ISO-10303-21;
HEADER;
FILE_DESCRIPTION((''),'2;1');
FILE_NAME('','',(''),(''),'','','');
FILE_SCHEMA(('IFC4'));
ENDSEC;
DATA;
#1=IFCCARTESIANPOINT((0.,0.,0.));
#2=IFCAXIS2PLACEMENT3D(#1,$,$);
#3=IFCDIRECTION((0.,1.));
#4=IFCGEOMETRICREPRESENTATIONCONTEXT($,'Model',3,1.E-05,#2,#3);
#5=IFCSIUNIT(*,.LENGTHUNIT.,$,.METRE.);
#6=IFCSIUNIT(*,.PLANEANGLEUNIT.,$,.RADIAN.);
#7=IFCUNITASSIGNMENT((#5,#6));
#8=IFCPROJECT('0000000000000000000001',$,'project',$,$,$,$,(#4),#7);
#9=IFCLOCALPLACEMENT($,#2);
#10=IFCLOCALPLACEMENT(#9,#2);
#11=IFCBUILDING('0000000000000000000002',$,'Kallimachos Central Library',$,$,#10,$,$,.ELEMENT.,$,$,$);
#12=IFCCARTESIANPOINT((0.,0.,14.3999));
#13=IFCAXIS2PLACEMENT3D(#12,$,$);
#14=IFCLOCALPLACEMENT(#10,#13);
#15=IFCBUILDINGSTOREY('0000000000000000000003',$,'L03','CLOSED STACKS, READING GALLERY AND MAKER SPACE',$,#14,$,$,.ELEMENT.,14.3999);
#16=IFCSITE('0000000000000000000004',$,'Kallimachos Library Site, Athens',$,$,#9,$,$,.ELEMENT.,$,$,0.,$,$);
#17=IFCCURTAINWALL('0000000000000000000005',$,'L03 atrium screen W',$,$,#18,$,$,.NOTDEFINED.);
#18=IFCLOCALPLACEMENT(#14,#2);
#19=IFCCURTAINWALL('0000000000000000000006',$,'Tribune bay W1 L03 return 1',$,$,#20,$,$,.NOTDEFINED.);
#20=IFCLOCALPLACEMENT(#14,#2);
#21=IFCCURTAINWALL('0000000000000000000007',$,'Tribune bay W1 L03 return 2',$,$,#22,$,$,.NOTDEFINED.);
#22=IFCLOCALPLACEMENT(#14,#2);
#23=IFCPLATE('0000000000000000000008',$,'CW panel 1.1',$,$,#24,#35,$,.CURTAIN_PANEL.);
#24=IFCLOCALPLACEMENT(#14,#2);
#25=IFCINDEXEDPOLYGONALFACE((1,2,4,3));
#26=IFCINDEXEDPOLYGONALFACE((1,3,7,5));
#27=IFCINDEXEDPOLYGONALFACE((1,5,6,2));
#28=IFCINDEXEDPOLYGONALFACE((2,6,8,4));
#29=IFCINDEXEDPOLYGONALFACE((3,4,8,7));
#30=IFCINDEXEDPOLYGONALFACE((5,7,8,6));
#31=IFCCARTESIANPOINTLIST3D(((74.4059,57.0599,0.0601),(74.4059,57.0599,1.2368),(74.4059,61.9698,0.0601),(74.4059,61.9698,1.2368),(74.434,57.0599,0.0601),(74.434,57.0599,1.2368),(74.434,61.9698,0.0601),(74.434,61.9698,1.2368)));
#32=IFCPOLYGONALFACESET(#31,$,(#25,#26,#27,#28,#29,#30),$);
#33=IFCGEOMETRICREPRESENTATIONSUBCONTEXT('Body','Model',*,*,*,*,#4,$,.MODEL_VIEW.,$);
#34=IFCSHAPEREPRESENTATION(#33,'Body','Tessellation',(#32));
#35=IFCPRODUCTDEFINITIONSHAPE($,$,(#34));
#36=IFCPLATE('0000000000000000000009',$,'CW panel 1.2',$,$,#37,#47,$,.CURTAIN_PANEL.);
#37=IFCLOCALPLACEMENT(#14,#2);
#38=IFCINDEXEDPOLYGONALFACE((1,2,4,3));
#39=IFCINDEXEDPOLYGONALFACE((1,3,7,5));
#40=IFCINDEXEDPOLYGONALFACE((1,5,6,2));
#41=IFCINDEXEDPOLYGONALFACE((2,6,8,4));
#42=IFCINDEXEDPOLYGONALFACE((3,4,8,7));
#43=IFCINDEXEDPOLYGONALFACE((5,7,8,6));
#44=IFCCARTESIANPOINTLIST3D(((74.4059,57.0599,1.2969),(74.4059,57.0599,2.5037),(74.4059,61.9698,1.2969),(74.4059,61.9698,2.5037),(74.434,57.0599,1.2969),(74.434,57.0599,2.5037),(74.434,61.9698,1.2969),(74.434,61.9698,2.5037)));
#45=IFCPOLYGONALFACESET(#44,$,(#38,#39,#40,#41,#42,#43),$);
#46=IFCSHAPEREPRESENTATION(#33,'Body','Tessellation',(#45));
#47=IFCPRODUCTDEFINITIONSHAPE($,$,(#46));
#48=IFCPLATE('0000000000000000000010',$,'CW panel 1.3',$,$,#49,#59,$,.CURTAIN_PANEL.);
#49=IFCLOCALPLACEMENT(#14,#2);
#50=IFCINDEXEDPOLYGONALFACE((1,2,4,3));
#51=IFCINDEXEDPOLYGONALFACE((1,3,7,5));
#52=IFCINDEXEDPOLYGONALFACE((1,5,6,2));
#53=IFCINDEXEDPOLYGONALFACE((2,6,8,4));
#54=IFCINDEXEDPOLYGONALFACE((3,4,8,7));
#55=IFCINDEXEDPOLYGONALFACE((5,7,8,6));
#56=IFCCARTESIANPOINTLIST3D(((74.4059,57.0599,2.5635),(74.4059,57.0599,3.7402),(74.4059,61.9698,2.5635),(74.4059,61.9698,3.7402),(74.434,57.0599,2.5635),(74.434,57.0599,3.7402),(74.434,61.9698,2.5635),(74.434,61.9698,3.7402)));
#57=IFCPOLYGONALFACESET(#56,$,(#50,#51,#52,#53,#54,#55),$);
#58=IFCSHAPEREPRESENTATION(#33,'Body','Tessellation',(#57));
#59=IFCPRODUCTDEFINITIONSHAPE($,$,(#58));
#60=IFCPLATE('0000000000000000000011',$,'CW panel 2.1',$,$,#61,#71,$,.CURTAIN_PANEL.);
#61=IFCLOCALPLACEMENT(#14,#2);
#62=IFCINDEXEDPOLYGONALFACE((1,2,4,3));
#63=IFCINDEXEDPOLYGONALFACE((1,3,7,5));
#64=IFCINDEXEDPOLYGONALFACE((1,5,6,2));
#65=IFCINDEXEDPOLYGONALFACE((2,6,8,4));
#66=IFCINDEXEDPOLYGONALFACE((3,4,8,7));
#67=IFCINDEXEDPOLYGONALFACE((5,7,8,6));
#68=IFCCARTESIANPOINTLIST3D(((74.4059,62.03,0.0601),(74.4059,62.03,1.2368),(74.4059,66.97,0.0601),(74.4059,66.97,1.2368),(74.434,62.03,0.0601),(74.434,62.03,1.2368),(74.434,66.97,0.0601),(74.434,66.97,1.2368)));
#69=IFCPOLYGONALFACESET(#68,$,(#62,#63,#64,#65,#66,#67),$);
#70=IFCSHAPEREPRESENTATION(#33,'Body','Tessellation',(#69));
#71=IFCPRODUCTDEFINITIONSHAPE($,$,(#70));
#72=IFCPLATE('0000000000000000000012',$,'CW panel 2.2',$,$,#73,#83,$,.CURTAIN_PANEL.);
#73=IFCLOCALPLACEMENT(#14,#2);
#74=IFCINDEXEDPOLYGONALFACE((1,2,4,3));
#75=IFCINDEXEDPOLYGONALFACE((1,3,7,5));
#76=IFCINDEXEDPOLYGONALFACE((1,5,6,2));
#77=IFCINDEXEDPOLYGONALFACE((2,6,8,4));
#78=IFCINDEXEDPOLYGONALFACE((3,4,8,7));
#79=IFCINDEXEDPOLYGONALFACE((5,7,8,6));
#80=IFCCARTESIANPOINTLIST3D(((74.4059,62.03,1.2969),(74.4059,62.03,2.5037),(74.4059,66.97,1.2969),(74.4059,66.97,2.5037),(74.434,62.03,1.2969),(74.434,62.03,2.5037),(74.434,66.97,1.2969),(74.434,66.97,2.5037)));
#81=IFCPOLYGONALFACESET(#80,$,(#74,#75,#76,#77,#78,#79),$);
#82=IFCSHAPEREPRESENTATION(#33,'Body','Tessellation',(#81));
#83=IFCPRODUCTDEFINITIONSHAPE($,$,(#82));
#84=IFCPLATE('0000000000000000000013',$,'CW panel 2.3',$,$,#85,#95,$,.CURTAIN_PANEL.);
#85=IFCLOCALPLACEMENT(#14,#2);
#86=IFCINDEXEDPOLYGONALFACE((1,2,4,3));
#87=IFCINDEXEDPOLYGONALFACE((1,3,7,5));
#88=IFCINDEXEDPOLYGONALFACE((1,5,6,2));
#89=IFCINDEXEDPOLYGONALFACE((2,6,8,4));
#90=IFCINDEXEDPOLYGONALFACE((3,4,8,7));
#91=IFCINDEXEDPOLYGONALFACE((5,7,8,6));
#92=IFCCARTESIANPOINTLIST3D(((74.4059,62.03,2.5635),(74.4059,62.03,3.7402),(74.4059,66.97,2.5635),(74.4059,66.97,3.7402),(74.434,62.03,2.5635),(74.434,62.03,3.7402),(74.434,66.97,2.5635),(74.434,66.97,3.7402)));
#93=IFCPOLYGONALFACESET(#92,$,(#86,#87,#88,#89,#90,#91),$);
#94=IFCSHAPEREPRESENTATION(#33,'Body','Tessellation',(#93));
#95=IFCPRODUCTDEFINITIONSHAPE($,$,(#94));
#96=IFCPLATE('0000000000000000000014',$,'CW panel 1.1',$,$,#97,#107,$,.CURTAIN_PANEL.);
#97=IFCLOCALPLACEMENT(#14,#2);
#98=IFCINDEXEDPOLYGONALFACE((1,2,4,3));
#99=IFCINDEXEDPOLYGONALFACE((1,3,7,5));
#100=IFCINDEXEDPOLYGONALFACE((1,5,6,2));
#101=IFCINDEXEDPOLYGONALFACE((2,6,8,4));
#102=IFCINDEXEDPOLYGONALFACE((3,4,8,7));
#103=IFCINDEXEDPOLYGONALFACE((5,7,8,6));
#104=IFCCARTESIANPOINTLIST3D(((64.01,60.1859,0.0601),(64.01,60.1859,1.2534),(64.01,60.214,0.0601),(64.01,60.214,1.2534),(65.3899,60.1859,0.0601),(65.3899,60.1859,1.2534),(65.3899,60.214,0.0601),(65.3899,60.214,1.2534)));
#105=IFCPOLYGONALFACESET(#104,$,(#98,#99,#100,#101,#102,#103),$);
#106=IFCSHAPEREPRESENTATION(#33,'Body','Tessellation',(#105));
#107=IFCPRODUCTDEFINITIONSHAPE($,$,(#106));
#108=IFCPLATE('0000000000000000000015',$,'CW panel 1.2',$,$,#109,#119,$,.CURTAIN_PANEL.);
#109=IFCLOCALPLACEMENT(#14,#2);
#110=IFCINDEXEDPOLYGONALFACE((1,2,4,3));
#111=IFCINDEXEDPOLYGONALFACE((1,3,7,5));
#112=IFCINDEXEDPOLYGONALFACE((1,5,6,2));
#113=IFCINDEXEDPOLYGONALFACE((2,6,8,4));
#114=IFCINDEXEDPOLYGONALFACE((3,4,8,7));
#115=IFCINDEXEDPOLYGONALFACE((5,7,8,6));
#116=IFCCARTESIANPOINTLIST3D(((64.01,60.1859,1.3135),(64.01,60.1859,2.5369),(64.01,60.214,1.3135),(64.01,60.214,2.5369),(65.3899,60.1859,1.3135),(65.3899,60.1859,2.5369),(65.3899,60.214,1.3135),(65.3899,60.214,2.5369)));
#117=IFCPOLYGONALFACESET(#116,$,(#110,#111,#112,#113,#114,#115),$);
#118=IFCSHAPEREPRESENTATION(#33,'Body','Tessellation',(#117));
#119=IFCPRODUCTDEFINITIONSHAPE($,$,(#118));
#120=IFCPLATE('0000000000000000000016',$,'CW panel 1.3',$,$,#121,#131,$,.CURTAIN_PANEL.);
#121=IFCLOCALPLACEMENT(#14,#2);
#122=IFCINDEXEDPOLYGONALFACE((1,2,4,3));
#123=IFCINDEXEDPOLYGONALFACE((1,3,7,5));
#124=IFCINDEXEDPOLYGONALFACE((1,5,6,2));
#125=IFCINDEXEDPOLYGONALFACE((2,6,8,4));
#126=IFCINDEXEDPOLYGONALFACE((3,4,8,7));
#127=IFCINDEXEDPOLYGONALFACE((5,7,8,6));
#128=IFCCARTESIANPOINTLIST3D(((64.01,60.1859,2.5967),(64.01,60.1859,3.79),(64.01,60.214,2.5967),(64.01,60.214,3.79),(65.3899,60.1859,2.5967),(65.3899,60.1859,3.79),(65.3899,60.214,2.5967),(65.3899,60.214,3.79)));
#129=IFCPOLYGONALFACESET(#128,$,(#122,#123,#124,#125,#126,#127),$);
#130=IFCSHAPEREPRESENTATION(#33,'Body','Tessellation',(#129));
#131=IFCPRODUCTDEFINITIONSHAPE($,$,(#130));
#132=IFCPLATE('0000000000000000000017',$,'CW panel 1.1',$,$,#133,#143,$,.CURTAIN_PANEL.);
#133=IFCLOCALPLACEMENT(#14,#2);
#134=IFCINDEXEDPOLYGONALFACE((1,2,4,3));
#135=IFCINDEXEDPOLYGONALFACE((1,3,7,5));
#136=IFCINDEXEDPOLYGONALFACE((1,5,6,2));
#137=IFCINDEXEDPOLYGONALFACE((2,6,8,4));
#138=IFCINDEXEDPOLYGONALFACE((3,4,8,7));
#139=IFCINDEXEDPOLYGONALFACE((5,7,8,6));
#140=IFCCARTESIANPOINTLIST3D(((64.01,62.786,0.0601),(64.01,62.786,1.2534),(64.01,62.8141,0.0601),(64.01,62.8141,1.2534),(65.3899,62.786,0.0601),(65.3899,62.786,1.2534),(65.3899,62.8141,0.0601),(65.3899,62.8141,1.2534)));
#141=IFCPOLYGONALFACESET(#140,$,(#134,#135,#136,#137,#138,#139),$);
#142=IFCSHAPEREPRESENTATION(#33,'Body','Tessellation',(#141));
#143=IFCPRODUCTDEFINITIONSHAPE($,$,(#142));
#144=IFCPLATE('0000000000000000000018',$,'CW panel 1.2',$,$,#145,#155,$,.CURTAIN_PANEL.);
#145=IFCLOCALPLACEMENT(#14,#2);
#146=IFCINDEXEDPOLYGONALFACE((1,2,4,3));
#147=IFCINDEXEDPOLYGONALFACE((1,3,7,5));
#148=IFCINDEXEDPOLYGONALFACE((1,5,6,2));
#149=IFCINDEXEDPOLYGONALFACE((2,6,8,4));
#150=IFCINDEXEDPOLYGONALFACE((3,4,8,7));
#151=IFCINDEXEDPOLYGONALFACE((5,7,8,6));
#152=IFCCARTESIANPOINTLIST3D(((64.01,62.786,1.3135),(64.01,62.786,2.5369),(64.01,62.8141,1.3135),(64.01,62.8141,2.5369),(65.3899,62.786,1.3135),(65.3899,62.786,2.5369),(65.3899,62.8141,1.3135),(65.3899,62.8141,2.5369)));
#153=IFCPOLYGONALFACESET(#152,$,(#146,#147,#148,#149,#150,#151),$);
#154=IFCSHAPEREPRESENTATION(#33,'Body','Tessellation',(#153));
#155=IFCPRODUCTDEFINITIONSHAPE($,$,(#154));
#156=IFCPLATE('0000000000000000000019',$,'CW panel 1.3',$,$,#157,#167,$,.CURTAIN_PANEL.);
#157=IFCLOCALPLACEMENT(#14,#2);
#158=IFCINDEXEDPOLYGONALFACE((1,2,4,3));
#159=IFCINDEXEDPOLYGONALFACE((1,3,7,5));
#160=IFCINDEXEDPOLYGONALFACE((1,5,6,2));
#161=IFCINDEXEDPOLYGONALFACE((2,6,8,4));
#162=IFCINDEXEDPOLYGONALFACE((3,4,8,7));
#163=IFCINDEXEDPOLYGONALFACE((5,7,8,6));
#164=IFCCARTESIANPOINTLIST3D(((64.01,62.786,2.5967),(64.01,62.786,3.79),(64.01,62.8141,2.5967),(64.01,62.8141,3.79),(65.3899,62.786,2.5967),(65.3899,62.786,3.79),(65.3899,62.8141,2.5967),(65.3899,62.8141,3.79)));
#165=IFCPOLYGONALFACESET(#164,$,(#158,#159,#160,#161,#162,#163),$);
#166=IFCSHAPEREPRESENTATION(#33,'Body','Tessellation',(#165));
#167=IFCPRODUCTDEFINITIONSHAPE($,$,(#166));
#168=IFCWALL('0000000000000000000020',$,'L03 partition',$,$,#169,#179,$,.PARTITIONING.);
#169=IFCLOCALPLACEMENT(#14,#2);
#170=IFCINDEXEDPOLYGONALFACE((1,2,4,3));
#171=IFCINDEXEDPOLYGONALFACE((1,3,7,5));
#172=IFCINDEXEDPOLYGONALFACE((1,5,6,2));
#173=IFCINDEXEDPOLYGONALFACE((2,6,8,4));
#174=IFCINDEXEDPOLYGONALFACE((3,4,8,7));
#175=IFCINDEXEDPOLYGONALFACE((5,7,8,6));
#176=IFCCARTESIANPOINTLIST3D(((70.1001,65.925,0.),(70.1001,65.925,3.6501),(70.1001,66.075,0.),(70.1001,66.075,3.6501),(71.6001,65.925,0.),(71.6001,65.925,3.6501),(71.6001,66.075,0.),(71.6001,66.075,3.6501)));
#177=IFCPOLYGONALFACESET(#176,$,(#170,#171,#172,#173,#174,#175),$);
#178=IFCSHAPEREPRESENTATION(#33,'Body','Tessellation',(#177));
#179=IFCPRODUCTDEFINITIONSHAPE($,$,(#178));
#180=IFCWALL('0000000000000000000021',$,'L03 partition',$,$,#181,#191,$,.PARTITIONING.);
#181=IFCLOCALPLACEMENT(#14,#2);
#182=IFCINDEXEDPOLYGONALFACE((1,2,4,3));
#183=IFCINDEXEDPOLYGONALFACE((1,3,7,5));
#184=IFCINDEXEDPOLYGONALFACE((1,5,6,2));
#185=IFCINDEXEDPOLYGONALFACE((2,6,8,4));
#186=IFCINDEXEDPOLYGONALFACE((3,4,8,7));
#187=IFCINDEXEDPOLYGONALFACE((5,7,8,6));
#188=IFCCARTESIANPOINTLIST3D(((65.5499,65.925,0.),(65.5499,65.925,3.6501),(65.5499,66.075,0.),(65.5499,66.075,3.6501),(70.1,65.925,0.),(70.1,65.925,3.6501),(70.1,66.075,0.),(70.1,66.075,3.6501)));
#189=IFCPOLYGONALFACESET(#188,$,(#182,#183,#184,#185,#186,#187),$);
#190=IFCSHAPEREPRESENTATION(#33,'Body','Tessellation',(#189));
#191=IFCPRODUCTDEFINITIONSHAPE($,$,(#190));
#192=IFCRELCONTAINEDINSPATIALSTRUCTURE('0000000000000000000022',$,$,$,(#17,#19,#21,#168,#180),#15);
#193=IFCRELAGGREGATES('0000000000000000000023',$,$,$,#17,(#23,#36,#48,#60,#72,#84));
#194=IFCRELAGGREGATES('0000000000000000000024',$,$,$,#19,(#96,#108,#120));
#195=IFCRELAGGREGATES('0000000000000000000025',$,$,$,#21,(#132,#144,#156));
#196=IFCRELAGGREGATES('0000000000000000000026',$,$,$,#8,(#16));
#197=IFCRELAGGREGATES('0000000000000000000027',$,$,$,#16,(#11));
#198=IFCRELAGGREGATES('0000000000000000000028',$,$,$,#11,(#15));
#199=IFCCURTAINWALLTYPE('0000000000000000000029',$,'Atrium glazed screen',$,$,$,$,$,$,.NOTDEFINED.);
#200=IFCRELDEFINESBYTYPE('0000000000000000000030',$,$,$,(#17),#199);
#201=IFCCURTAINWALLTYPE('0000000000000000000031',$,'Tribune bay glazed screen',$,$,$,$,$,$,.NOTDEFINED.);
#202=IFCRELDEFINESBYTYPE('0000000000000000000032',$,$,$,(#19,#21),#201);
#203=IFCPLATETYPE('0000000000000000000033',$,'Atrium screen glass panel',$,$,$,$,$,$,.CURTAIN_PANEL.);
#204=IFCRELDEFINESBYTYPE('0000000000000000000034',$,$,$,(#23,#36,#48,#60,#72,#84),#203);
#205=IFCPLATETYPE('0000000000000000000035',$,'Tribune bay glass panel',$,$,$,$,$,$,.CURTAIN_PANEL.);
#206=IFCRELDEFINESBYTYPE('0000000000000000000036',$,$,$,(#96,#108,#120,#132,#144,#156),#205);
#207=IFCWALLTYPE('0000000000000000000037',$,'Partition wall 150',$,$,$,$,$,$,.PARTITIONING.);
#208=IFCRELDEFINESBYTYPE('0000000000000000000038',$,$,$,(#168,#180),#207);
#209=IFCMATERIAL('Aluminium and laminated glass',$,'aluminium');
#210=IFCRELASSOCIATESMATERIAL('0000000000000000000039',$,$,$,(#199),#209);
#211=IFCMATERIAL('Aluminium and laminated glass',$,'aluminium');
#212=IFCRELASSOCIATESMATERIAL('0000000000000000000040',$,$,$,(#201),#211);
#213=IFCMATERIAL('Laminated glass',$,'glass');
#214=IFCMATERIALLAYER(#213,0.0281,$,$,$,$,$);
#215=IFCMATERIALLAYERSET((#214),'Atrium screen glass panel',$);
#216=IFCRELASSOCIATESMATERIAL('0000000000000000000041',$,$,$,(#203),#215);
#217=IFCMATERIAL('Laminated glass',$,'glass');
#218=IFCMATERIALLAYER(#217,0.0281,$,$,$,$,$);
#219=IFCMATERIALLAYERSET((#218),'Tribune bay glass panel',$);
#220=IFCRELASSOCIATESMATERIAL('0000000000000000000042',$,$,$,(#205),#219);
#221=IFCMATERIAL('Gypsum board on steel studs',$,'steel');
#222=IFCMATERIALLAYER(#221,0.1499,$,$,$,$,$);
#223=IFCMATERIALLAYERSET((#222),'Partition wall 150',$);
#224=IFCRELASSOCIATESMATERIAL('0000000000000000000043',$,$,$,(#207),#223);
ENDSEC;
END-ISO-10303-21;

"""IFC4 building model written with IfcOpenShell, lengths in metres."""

from ifc_helpers import new_model, si_unit, direction, frame, frame_2d, origin, origin_2d, place, context, subcontext, project, spatial, rectangle, extrude, material, layer, layer_set, type_object, element, aggregate, save


model = new_model("IFC4")

# Units and contexts
model_context = context("Model", 3, precision=1e-05, world=origin(), true_north=direction((0.0, 1.0)))
body_context = subcontext(model_context, "Body", "Model", "MODEL_VIEW")
ifc_project = project(units=[si_unit("LENGTHUNIT", "METRE"), si_unit("PLANEANGLEUNIT", "RADIAN")], contexts=[model_context])

# Site, building, storey
site_placement = place(None, origin())
site = spatial("IfcSite", under=ifc_project, at=site_placement, Name="Kallimachos Library Site, Athens", CompositionType="ELEMENT", RefElevation=0.0)
building_placement = place(site_placement, origin())
building = spatial("IfcBuilding", under=site, at=building_placement, Name="Kallimachos Central Library", CompositionType="ELEMENT")
storey_placement = place(building_placement, frame((0.0, 0.0, 14.3999)))
storey = spatial("IfcBuildingStorey", under=building, at=storey_placement, Name="L03", Description="CLOSED STACKS, READING GALLERY AND MAKER SPACE", CompositionType="ELEMENT", Elevation=14.3999)

# Curtain wall
ifc_material_1 = material(Name="Aluminium and laminated glass", Category="aluminium")
curtain_wall_type_1 = type_object("IfcCurtainWallType", Name="Atrium glazed screen", PredefinedType="NOTDEFINED", material=ifc_material_1)
curtain_wall_1_placement = place(storey_placement, origin())
curtain_wall_1 = element("IfcCurtainWall", 1, at=curtain_wall_1_placement, inside=storey, type_object=curtain_wall_type_1, Name="L03 atrium screen W", PredefinedType="NOTDEFINED")

# Curtain wall
ifc_material_2 = material(Name="Aluminium and laminated glass", Category="aluminium")
curtain_wall_type_2 = type_object("IfcCurtainWallType", Name="Tribune bay glazed screen", PredefinedType="NOTDEFINED", material=ifc_material_2)
curtain_wall_2_placement = place(storey_placement, origin())
curtain_wall_2 = element("IfcCurtainWall", 2, at=curtain_wall_2_placement, inside=storey, type_object=curtain_wall_type_2, Name="Tribune bay W1 L03 return 1", PredefinedType="NOTDEFINED")

# Curtain wall
curtain_wall_3_placement = place(storey_placement, origin())
curtain_wall_3 = element("IfcCurtainWall", 3, at=curtain_wall_3_placement, inside=storey, type_object=curtain_wall_type_2, Name="Tribune bay W1 L03 return 2", PredefinedType="NOTDEFINED")

# Plates
ifc_material_3 = material(Name="Laminated glass", Category="glass")
ifc_layer_1 = layer(ifc_material_3, 0.0281)
ifc_layer_set_1 = layer_set([ifc_layer_1], Name="Atrium screen glass panel")
plate_type_1 = type_object("IfcPlateType", Name="Atrium screen glass panel", PredefinedType="CURTAIN_PANEL", material=ifc_layer_set_1)
plate_1_placement = place(storey_placement, frame((74.4199, 59.5149, 0.0601), z_axis=(0.0, 0.0, 1.0), x_axis=(0.0, 1.0, 0.0)))
plate_1 = element("IfcPlate", 4, at=plate_1_placement, type_object=plate_type_1, Name="CW panel 1.1", PredefinedType="CURTAIN_PANEL", context=body_context, shape_type="SweptSolid", body=[
    extrude(rectangle(XDim=4.9099, YDim=0.0281, at=origin_2d()), origin(), (0.0, 0.0, 1.0), 1.1768),
])
plate_2_placement = place(storey_placement, frame((74.4199, 59.5149, 1.2969), z_axis=(0.0, 0.0, 1.0), x_axis=(0.0, 1.0, 0.0)))
plate_2 = element("IfcPlate", 5, at=plate_2_placement, type_object=plate_type_1, Name="CW panel 1.2", PredefinedType="CURTAIN_PANEL", context=body_context, shape_type="SweptSolid", body=[
    extrude(rectangle(XDim=4.9099, YDim=0.0281, at=origin_2d()), origin(), (0.0, 0.0, 1.0), 1.2068),
])
plate_3_placement = place(storey_placement, frame((74.4199, 59.5149, 2.5635), z_axis=(0.0, 0.0, 1.0), x_axis=(0.0, 1.0, 0.0)))
plate_3 = element("IfcPlate", 6, at=plate_3_placement, type_object=plate_type_1, Name="CW panel 1.3", PredefinedType="CURTAIN_PANEL", context=body_context, shape_type="SweptSolid", body=[
    extrude(rectangle(XDim=4.9099, YDim=0.0281, at=origin_2d()), origin(), (0.0, 0.0, 1.0), 1.1768),
])
plate_4_placement = place(storey_placement, frame((74.4199, 64.5, 0.0601), z_axis=(0.0, 0.0, 1.0), x_axis=(0.0, 1.0, 0.0)))
plate_4 = element("IfcPlate", 7, at=plate_4_placement, type_object=plate_type_1, Name="CW panel 2.1", PredefinedType="CURTAIN_PANEL", context=body_context, shape_type="SweptSolid", body=[
    extrude(rectangle(XDim=4.9399, YDim=0.0281, at=origin_2d()), origin(), (0.0, 0.0, 1.0), 1.1768),
])
plate_5_placement = place(storey_placement, frame((74.4199, 64.5, 1.2969), z_axis=(0.0, 0.0, 1.0), x_axis=(0.0, 1.0, 0.0)))
plate_5 = element("IfcPlate", 8, at=plate_5_placement, type_object=plate_type_1, Name="CW panel 2.2", PredefinedType="CURTAIN_PANEL", context=body_context, shape_type="SweptSolid", body=[
    extrude(rectangle(XDim=4.9399, YDim=0.0281, at=origin_2d()), origin(), (0.0, 0.0, 1.0), 1.2068),
])
plate_6_placement = place(storey_placement, frame((74.4199, 64.5, 2.5635), z_axis=(0.0, 0.0, 1.0), x_axis=(0.0, 1.0, 0.0)))
plate_6 = element("IfcPlate", 9, at=plate_6_placement, type_object=plate_type_1, Name="CW panel 2.3", PredefinedType="CURTAIN_PANEL", context=body_context, shape_type="SweptSolid", body=[
    extrude(rectangle(XDim=4.9399, YDim=0.0281, at=origin_2d()), origin(), (0.0, 0.0, 1.0), 1.1768),
])
aggregate(curtain_wall_1, [plate_1, plate_2, plate_3, plate_4, plate_5, plate_6])
ifc_material_4 = material(Name="Laminated glass", Category="glass")
ifc_layer_2 = layer(ifc_material_4, 0.0281)
ifc_layer_set_2 = layer_set([ifc_layer_2], Name="Tribune bay glass panel")
plate_type_2 = type_object("IfcPlateType", Name="Tribune bay glass panel", PredefinedType="CURTAIN_PANEL", material=ifc_layer_set_2)
plate_7_placement = place(storey_placement, frame((64.7, 60.2, 0.0601), z_axis=(0.0, 0.0, 1.0), x_axis=(-1.0, 0.0, 0.0)))
plate_7 = element("IfcPlate", 10, at=plate_7_placement, type_object=plate_type_2, Name="CW panel 1.1", PredefinedType="CURTAIN_PANEL", context=body_context, shape_type="SweptSolid", body=[
    extrude(rectangle(XDim=1.3799, YDim=0.0281, at=origin_2d()), origin(), (0.0, 0.0, 1.0), 1.1934),
])
plate_8_placement = place(storey_placement, frame((64.7, 60.2, 1.3135), z_axis=(0.0, 0.0, 1.0), x_axis=(-1.0, 0.0, 0.0)))
plate_8 = element("IfcPlate", 11, at=plate_8_placement, type_object=plate_type_2, Name="CW panel 1.2", PredefinedType="CURTAIN_PANEL", context=body_context, shape_type="SweptSolid", body=[
    extrude(rectangle(XDim=1.3799, YDim=0.0281, at=origin_2d()), origin(), (0.0, 0.0, 1.0), 1.2234),
])
plate_9_placement = place(storey_placement, frame((64.7, 60.2, 2.5967), z_axis=(0.0, 0.0, 1.0), x_axis=(-1.0, 0.0, 0.0)))
plate_9 = element("IfcPlate", 12, at=plate_9_placement, type_object=plate_type_2, Name="CW panel 1.3", PredefinedType="CURTAIN_PANEL", context=body_context, shape_type="SweptSolid", body=[
    extrude(rectangle(XDim=1.3799, YDim=0.0281, at=origin_2d()), origin(), (0.0, 0.0, 1.0), 1.1934),
])
aggregate(curtain_wall_2, [plate_7, plate_8, plate_9])
plate_10_placement = place(storey_placement, frame((64.7, 62.8, 0.0601), z_axis=(0.0, 0.0, 1.0), x_axis=(-1.0, 0.0, 0.0)))
plate_10 = element("IfcPlate", 13, at=plate_10_placement, type_object=plate_type_2, Name="CW panel 1.1", PredefinedType="CURTAIN_PANEL", context=body_context, shape_type="SweptSolid", body=[
    extrude(rectangle(XDim=1.3799, YDim=0.0281, at=origin_2d()), origin(), (0.0, 0.0, 1.0), 1.1934),
])
plate_11_placement = place(storey_placement, frame((64.7, 62.8, 1.3135), z_axis=(0.0, 0.0, 1.0), x_axis=(-1.0, 0.0, 0.0)))
plate_11 = element("IfcPlate", 14, at=plate_11_placement, type_object=plate_type_2, Name="CW panel 1.2", PredefinedType="CURTAIN_PANEL", context=body_context, shape_type="SweptSolid", body=[
    extrude(rectangle(XDim=1.3799, YDim=0.0281, at=origin_2d()), origin(), (0.0, 0.0, 1.0), 1.2234),
])
plate_12_placement = place(storey_placement, frame((64.7, 62.8, 2.5967), z_axis=(0.0, 0.0, 1.0), x_axis=(-1.0, 0.0, 0.0)))
plate_12 = element("IfcPlate", 15, at=plate_12_placement, type_object=plate_type_2, Name="CW panel 1.3", PredefinedType="CURTAIN_PANEL", context=body_context, shape_type="SweptSolid", body=[
    extrude(rectangle(XDim=1.3799, YDim=0.0281, at=origin_2d()), origin(), (0.0, 0.0, 1.0), 1.1934),
])
aggregate(curtain_wall_3, [plate_10, plate_11, plate_12])

# Walls
ifc_material_5 = material(Name="Gypsum board on steel studs", Category="steel")
ifc_layer_3 = layer(ifc_material_5, 0.1499)
ifc_layer_set_3 = layer_set([ifc_layer_3], Name="Partition wall 150")
wall_type = type_object("IfcWallType", Name="Partition wall 150", PredefinedType="PARTITIONING", material=ifc_layer_set_3)
wall_1_placement = place(storey_placement, frame((70.1001, 66.0, 0.0), z_axis=(0.0, 0.0, 1.0), x_axis=(1.0, 0.0, 0.0)))
element("IfcWall", 16, at=wall_1_placement, inside=storey, type_object=wall_type, Name="L03 partition", PredefinedType="PARTITIONING", context=body_context, shape_type="SweptSolid", body=[
    extrude(rectangle(XDim=1.5, YDim=0.1499, at=frame_2d((0.75, 0.0))), origin(), (0.0, 0.0, 1.0), 3.6501),
])
wall_2_placement = place(storey_placement, frame((65.55, 66.0, 0.0), z_axis=(0.0, 0.0, 1.0), x_axis=(1.0, 0.0, 0.0)))
element("IfcWall", 17, at=wall_2_placement, inside=storey, type_object=wall_type, Name="L03 partition", PredefinedType="PARTITIONING", context=body_context, shape_type="SweptSolid", body=[
    extrude(rectangle(XDim=4.55, YDim=0.1499, at=frame_2d((2.2749, 0.0))), origin(), (0.0, 0.0, 1.0), 3.6501),
])

save(model, "model.ifc")
